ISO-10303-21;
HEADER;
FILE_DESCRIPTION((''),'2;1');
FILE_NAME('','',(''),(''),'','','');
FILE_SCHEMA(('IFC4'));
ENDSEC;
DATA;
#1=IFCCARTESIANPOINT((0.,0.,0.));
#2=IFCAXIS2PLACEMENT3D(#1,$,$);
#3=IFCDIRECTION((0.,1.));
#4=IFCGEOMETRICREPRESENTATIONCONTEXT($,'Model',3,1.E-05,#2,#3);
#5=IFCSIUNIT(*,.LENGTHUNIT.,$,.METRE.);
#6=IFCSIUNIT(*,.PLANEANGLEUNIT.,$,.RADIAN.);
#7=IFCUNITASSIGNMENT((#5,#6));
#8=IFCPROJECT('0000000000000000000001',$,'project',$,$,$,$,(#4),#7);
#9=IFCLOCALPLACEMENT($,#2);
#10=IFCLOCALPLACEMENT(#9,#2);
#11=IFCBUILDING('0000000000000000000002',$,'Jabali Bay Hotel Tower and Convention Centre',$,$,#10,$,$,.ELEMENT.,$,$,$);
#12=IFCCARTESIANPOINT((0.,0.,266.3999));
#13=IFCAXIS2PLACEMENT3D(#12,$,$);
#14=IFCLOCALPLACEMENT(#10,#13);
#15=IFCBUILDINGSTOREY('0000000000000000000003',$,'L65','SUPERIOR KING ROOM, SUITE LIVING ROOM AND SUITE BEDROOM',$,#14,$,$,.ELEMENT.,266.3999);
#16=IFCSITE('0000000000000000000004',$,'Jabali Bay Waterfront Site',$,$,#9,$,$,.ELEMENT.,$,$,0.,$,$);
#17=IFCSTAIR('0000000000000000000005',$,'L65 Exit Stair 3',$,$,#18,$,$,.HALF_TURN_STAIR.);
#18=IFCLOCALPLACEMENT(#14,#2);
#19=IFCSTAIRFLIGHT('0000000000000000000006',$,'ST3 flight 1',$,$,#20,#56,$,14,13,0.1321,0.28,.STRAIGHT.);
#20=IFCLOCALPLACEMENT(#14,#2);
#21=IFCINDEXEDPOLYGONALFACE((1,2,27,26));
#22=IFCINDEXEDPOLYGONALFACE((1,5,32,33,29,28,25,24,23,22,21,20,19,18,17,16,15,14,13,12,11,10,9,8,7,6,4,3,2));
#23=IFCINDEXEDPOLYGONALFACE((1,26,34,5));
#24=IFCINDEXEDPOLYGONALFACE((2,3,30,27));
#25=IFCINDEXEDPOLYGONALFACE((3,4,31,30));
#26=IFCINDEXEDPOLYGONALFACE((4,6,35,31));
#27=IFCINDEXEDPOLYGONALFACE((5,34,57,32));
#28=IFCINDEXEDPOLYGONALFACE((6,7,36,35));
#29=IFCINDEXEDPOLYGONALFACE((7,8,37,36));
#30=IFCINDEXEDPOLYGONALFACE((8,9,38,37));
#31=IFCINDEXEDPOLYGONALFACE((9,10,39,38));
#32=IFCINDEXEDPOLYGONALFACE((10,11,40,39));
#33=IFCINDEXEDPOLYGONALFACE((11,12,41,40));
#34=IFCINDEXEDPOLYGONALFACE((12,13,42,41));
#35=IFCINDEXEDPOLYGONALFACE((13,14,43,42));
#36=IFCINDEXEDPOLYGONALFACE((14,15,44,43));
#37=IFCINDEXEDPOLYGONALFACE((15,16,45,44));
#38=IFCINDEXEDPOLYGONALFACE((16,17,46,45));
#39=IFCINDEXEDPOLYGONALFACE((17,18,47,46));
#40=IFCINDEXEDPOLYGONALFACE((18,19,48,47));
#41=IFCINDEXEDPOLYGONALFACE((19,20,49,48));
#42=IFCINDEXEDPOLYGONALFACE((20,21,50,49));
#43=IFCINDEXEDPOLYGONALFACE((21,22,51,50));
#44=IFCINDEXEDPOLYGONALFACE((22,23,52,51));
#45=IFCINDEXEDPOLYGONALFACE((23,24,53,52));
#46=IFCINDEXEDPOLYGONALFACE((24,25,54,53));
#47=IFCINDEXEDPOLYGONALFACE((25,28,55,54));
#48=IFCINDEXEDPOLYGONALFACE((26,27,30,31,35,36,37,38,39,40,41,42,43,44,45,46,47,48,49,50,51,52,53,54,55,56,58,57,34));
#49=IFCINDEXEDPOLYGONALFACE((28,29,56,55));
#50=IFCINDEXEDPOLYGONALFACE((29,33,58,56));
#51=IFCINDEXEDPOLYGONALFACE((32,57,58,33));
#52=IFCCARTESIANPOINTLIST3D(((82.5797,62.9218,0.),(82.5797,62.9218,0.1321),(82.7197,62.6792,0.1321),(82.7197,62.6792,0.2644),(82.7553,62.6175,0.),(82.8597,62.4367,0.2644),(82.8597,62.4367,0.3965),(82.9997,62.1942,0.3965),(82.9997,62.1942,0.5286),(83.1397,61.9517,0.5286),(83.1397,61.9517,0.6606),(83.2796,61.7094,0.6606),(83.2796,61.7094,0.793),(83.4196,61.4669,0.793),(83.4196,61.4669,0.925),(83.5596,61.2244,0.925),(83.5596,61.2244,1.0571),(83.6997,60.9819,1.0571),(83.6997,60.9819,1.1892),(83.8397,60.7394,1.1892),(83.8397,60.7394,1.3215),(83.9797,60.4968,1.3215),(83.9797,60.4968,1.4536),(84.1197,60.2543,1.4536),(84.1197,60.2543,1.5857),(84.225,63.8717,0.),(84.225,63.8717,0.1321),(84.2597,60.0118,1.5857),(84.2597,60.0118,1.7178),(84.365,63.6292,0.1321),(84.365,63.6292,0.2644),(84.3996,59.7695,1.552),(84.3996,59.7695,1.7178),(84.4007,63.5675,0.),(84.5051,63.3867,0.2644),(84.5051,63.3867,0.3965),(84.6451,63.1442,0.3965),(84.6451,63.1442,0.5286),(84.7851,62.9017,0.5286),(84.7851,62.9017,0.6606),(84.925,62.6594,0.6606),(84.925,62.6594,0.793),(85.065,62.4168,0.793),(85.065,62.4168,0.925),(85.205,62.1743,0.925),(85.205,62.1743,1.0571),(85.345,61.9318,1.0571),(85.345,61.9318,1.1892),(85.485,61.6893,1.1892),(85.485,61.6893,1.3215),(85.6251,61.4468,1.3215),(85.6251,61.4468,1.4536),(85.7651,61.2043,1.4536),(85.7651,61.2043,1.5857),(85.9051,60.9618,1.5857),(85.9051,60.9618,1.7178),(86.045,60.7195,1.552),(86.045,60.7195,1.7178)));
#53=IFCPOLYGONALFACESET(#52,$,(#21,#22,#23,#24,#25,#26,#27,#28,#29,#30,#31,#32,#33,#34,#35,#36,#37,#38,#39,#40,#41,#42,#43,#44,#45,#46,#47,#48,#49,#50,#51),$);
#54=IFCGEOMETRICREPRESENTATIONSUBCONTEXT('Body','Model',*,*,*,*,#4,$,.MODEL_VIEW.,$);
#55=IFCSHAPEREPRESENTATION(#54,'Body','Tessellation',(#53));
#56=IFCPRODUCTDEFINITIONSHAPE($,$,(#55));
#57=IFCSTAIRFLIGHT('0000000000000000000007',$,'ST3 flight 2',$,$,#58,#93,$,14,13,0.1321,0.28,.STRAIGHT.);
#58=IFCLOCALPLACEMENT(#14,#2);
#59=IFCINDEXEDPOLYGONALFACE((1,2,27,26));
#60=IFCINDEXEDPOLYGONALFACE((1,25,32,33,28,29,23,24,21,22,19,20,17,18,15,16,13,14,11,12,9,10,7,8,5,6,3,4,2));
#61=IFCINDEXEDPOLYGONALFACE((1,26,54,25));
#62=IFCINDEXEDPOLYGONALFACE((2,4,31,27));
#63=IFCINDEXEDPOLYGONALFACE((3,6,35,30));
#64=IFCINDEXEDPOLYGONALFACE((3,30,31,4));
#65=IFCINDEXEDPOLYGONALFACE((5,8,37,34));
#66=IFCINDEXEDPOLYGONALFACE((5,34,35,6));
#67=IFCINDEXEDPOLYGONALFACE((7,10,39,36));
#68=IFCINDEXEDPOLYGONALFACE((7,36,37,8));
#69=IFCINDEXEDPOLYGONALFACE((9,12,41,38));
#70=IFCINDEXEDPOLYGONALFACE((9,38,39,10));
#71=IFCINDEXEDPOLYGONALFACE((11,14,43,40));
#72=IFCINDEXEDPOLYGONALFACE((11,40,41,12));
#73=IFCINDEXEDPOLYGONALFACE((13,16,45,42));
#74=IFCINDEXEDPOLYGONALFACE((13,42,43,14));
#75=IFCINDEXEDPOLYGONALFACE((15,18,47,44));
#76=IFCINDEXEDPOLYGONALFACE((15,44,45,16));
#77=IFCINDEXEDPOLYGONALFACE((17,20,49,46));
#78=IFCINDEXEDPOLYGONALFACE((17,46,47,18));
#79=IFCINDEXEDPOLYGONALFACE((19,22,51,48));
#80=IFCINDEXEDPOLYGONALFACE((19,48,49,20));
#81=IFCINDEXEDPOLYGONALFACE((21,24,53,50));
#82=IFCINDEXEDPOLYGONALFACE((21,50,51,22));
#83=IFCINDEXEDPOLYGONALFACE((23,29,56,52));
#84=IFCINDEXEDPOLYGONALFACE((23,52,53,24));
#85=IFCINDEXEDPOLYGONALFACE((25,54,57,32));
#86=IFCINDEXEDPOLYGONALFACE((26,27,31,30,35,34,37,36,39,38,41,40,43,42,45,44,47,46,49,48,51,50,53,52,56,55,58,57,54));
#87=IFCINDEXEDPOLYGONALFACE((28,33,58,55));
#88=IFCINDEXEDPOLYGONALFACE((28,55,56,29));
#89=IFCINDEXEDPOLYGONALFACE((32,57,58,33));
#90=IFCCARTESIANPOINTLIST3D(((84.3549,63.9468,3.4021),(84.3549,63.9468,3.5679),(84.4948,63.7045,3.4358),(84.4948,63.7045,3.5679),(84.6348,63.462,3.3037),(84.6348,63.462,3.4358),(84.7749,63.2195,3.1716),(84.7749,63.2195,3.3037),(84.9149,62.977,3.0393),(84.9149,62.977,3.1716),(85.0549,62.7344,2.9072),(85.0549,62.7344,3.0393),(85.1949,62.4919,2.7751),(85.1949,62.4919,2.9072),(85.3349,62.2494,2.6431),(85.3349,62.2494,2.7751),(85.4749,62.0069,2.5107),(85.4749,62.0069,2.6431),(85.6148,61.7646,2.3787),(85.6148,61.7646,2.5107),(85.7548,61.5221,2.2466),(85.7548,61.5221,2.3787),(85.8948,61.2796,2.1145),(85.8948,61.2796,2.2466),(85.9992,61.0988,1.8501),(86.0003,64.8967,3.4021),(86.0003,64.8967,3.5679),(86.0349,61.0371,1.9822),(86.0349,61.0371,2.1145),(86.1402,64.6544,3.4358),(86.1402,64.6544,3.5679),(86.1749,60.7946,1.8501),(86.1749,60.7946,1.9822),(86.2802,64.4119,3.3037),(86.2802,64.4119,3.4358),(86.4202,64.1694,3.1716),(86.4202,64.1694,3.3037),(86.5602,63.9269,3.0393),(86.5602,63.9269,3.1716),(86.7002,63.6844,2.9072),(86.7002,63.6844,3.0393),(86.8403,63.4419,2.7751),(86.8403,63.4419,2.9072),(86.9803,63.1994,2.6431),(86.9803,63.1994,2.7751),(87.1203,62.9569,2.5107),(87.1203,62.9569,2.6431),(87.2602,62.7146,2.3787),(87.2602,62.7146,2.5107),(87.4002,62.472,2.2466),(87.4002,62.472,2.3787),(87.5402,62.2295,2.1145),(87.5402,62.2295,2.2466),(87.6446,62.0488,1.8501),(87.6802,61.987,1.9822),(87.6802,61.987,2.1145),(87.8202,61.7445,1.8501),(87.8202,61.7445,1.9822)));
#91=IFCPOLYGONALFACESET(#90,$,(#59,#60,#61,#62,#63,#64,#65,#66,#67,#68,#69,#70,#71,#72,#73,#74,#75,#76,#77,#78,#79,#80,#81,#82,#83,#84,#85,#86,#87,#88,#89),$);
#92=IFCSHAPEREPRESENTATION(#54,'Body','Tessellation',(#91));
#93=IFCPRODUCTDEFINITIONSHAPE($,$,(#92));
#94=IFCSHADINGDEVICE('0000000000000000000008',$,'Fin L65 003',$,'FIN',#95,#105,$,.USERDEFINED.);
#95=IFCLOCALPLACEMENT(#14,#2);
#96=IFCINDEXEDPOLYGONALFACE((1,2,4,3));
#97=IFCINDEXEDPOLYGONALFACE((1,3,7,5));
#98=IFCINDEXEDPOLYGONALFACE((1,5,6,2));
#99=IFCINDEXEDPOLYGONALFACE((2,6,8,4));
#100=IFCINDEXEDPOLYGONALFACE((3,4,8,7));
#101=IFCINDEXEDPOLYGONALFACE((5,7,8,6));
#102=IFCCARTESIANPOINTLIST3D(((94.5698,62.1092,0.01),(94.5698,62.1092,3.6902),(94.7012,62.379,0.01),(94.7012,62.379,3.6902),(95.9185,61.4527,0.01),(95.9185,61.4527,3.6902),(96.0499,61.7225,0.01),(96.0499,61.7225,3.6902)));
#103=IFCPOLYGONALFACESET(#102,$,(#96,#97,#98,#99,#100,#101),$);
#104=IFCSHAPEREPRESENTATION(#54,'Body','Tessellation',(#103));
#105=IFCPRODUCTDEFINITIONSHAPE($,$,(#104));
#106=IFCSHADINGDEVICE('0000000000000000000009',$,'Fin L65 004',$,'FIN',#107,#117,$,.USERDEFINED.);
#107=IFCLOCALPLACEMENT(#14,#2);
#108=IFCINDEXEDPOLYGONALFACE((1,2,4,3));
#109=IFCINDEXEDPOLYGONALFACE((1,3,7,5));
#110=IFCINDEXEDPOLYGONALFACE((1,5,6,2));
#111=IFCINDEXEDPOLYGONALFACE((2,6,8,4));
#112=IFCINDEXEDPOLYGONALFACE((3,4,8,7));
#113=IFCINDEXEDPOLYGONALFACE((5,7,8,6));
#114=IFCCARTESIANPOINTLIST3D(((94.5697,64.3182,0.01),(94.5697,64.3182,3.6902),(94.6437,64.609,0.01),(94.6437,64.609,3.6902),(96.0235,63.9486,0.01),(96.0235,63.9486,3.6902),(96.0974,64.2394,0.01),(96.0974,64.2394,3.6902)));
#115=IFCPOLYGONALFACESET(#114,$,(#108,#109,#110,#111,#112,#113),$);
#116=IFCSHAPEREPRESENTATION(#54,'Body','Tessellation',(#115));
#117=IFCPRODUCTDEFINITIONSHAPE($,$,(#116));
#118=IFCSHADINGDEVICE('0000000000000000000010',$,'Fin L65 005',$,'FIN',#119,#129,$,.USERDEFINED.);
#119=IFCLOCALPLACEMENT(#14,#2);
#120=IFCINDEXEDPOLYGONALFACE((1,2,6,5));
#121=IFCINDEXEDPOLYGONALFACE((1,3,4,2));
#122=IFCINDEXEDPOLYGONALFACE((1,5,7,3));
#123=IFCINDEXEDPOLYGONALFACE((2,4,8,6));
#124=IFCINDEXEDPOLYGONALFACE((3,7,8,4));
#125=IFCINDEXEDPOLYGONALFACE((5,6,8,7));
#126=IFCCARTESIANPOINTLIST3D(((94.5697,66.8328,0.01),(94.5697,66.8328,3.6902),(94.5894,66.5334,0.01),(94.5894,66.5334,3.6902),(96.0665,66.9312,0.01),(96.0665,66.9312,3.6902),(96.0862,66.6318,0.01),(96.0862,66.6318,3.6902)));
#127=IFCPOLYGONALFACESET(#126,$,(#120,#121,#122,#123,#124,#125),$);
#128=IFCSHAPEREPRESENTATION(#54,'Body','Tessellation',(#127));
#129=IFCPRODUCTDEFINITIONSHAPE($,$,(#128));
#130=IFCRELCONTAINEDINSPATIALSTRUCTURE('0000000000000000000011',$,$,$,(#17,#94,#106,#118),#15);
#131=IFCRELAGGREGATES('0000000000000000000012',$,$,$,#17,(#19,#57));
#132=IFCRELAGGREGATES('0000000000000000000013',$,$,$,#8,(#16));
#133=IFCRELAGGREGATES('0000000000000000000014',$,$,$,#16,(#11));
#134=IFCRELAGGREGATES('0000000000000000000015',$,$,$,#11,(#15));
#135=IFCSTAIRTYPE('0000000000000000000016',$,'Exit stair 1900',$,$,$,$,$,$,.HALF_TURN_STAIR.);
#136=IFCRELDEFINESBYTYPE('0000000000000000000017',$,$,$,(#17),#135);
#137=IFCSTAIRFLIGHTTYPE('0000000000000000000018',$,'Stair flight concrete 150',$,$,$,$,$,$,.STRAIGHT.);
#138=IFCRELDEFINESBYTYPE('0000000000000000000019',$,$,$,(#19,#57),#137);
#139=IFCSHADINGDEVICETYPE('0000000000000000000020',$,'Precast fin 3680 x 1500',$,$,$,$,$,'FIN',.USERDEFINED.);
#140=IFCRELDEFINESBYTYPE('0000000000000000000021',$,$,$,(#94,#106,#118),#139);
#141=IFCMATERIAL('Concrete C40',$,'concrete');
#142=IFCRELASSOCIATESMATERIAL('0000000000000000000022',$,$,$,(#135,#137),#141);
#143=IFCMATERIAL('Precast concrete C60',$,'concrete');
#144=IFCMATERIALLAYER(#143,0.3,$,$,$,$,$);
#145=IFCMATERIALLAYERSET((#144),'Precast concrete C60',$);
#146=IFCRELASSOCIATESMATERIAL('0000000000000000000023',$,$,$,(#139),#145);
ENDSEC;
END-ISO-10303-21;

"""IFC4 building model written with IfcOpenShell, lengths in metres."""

from ifc_helpers import new_model, si_unit, direction, frame, frame_2d, origin, place, context, subcontext, project, spatial, polyline, rectangle, outline, extrude, material, layer, layer_set, type_object, element, aggregate, save


model = new_model("IFC4")

# Units and contexts
model_context = context("Model", 3, precision=1e-05, world=origin(), true_north=direction((0.0, 1.0)))
body_context = subcontext(model_context, "Body", "Model", "MODEL_VIEW")
ifc_project = project(units=[si_unit("LENGTHUNIT", "METRE"), si_unit("PLANEANGLEUNIT", "RADIAN")], contexts=[model_context])

# Site, building, storey
site_placement = place(None, origin())
site = spatial("IfcSite", under=ifc_project, at=site_placement, Name="Jabali Bay Waterfront Site", CompositionType="ELEMENT", RefElevation=0.0)
building_placement = place(site_placement, origin())
building = spatial("IfcBuilding", under=site, at=building_placement, Name="Jabali Bay Hotel Tower and Convention Centre", CompositionType="ELEMENT")
storey_placement = place(building_placement, frame((0.0, 0.0, 266.3999)))
storey = spatial("IfcBuildingStorey", under=building, at=storey_placement, Name="L65", Description="SUPERIOR KING ROOM, SUITE LIVING ROOM AND SUITE BEDROOM", CompositionType="ELEMENT", Elevation=266.3999)

# Shared definitions
ifc_material_1 = material(Name="Concrete C40", Category="concrete")

# Stair, stair flights
stair_type = type_object("IfcStairType", Name="Exit stair 1900", PredefinedType="HALF_TURN_STAIR", material=ifc_material_1)
stair_placement = place(storey_placement, origin())
stair = element("IfcStair", 1, at=stair_placement, inside=storey, type_object=stair_type, Name="L65 Exit Stair 3", PredefinedType="HALF_TURN_STAIR")
stair_flight_type = type_object("IfcStairFlightType", Name="Stair flight concrete 150", PredefinedType="STRAIGHT", material=ifc_material_1)
stair_flight_1_placement = place(storey_placement, frame((83.4023, 63.3967, 0.0), z_axis=(0.0, 0.0, 1.0), x_axis=(0.5, -0.866025, 0.0)))
stair_flight_1 = element("IfcStairFlight", 2, at=stair_flight_1_placement, type_object=stair_flight_type, Name="ST3 flight 1", NumberOfRisers=14, NumberOfTreads=13, PredefinedType="STRAIGHT", RiserHeight=0.1321, TreadLength=0.28, context=body_context, shape_type="SweptSolid", body=[
    extrude(outline(polyline([(0.0, 0.0), (0.0, 0.1321), (0.28, 0.1321), (0.28, 0.2644), (0.5601, 0.2644), (0.5601, 0.3965), (0.8401, 0.3965), (0.8401, 0.5286), (1.1201, 0.5286), (1.1201, 0.6606), (1.3999, 0.6606), (1.3999, 0.793), (1.6799, 0.793), (1.6799, 0.925), (1.96, 0.925), (1.96, 1.0571), (2.24, 1.0571), (2.24, 1.1892), (2.52, 1.1892), (2.52, 1.3215), (2.8, 1.3215), (2.8, 1.4536), (3.0801, 1.4536), (3.0801, 1.5857), (3.3601, 1.5857), (3.3601, 1.7178), (3.6399, 1.7178), (3.6399, 1.8501), (3.6399, 1.552), (0.3513, 0.0), (0.0, 0.0)])), frame((0.0, 0.95, 0.0), z_axis=(0.0, -1.0, 0.0), x_axis=(1.0, 0.0, 0.0)), (0.0, 0.0, 1.0), 1.8999),
])
stair_flight_2_placement = place(storey_placement, frame((86.9976, 61.2695, 1.8501), z_axis=(0.0, 0.0, 1.0), x_axis=(-0.5, 0.866025, 0.0)))
stair_flight_2 = element("IfcStairFlight", 3, at=stair_flight_2_placement, type_object=stair_flight_type, Name="ST3 flight 2", NumberOfRisers=14, NumberOfTreads=13, PredefinedType="STRAIGHT", RiserHeight=0.1321, TreadLength=0.28, context=body_context, shape_type="SweptSolid", body=[
    extrude(outline(polyline([(0.0, 0.0), (0.0, 0.1321), (0.28, 0.1321), (0.28, 0.2644), (0.5601, 0.2644), (0.5601, 0.3965), (0.8401, 0.3965), (0.8401, 0.5286), (1.1201, 0.5286), (1.1201, 0.6606), (1.3999, 0.6606), (1.3999, 0.793), (1.6799, 0.793), (1.6799, 0.925), (1.96, 0.925), (1.96, 1.0571), (2.24, 1.0571), (2.24, 1.1892), (2.52, 1.1892), (2.52, 1.3215), (2.8, 1.3215), (2.8, 1.4536), (3.0801, 1.4536), (3.0801, 1.5857), (3.3601, 1.5857), (3.3601, 1.7178), (3.6399, 1.7178), (3.6399, 1.8501), (3.6399, 1.552), (0.3513, 0.0), (0.0, 0.0)])), frame((0.0, 0.95, 0.0), z_axis=(0.0, -1.0, 0.0), x_axis=(1.0, 0.0, 0.0)), (0.0, 0.0, 1.0), 1.8999),
])
aggregate(stair, [stair_flight_1, stair_flight_2])

# Shading devices
ifc_material_2 = material(Name="Precast concrete C60", Category="concrete")
ifc_layer_1 = layer(ifc_material_2, 0.3)
ifc_layer_set_1 = layer_set([ifc_layer_1], Name="Precast concrete C60")
shading_device_type = type_object("IfcShadingDeviceType", Name="Precast fin 3680 x 1500", ElementType="FIN", PredefinedType="USERDEFINED", material=ifc_layer_set_1)
for number, where, z_axis, x_axis, name in (
    (4, (94.6355, 62.2441, 0.01), (0.0, 0.0, 1.0), (0.899129, -0.437683, 0.0), "Fin L65 003"),
    (5, (94.6067, 64.4636, 0.01), (0.0, 0.0, 1.0), (0.969168, -0.246401, 0.0), "Fin L65 004"),
    (6, (94.5796, 66.6831, 0.01), (0.0, 0.0, 1.0), (0.997847, 0.06559, 0.0), "Fin L65 005"),
):
    element("IfcShadingDevice", number, at=place(storey_placement, frame(where, z_axis=z_axis, x_axis=x_axis)), inside=storey, type_object=shading_device_type, Name=name, ObjectType="FIN", PredefinedType="USERDEFINED", context=body_context, shape_type="SweptSolid", body=[
        extrude(rectangle(XDim=1.5, YDim=0.3, at=frame_2d((0.75, 0.0))), origin(), (0.0, 0.0, 1.0), 3.6802),
    ])

save(model, "model.ifc")
